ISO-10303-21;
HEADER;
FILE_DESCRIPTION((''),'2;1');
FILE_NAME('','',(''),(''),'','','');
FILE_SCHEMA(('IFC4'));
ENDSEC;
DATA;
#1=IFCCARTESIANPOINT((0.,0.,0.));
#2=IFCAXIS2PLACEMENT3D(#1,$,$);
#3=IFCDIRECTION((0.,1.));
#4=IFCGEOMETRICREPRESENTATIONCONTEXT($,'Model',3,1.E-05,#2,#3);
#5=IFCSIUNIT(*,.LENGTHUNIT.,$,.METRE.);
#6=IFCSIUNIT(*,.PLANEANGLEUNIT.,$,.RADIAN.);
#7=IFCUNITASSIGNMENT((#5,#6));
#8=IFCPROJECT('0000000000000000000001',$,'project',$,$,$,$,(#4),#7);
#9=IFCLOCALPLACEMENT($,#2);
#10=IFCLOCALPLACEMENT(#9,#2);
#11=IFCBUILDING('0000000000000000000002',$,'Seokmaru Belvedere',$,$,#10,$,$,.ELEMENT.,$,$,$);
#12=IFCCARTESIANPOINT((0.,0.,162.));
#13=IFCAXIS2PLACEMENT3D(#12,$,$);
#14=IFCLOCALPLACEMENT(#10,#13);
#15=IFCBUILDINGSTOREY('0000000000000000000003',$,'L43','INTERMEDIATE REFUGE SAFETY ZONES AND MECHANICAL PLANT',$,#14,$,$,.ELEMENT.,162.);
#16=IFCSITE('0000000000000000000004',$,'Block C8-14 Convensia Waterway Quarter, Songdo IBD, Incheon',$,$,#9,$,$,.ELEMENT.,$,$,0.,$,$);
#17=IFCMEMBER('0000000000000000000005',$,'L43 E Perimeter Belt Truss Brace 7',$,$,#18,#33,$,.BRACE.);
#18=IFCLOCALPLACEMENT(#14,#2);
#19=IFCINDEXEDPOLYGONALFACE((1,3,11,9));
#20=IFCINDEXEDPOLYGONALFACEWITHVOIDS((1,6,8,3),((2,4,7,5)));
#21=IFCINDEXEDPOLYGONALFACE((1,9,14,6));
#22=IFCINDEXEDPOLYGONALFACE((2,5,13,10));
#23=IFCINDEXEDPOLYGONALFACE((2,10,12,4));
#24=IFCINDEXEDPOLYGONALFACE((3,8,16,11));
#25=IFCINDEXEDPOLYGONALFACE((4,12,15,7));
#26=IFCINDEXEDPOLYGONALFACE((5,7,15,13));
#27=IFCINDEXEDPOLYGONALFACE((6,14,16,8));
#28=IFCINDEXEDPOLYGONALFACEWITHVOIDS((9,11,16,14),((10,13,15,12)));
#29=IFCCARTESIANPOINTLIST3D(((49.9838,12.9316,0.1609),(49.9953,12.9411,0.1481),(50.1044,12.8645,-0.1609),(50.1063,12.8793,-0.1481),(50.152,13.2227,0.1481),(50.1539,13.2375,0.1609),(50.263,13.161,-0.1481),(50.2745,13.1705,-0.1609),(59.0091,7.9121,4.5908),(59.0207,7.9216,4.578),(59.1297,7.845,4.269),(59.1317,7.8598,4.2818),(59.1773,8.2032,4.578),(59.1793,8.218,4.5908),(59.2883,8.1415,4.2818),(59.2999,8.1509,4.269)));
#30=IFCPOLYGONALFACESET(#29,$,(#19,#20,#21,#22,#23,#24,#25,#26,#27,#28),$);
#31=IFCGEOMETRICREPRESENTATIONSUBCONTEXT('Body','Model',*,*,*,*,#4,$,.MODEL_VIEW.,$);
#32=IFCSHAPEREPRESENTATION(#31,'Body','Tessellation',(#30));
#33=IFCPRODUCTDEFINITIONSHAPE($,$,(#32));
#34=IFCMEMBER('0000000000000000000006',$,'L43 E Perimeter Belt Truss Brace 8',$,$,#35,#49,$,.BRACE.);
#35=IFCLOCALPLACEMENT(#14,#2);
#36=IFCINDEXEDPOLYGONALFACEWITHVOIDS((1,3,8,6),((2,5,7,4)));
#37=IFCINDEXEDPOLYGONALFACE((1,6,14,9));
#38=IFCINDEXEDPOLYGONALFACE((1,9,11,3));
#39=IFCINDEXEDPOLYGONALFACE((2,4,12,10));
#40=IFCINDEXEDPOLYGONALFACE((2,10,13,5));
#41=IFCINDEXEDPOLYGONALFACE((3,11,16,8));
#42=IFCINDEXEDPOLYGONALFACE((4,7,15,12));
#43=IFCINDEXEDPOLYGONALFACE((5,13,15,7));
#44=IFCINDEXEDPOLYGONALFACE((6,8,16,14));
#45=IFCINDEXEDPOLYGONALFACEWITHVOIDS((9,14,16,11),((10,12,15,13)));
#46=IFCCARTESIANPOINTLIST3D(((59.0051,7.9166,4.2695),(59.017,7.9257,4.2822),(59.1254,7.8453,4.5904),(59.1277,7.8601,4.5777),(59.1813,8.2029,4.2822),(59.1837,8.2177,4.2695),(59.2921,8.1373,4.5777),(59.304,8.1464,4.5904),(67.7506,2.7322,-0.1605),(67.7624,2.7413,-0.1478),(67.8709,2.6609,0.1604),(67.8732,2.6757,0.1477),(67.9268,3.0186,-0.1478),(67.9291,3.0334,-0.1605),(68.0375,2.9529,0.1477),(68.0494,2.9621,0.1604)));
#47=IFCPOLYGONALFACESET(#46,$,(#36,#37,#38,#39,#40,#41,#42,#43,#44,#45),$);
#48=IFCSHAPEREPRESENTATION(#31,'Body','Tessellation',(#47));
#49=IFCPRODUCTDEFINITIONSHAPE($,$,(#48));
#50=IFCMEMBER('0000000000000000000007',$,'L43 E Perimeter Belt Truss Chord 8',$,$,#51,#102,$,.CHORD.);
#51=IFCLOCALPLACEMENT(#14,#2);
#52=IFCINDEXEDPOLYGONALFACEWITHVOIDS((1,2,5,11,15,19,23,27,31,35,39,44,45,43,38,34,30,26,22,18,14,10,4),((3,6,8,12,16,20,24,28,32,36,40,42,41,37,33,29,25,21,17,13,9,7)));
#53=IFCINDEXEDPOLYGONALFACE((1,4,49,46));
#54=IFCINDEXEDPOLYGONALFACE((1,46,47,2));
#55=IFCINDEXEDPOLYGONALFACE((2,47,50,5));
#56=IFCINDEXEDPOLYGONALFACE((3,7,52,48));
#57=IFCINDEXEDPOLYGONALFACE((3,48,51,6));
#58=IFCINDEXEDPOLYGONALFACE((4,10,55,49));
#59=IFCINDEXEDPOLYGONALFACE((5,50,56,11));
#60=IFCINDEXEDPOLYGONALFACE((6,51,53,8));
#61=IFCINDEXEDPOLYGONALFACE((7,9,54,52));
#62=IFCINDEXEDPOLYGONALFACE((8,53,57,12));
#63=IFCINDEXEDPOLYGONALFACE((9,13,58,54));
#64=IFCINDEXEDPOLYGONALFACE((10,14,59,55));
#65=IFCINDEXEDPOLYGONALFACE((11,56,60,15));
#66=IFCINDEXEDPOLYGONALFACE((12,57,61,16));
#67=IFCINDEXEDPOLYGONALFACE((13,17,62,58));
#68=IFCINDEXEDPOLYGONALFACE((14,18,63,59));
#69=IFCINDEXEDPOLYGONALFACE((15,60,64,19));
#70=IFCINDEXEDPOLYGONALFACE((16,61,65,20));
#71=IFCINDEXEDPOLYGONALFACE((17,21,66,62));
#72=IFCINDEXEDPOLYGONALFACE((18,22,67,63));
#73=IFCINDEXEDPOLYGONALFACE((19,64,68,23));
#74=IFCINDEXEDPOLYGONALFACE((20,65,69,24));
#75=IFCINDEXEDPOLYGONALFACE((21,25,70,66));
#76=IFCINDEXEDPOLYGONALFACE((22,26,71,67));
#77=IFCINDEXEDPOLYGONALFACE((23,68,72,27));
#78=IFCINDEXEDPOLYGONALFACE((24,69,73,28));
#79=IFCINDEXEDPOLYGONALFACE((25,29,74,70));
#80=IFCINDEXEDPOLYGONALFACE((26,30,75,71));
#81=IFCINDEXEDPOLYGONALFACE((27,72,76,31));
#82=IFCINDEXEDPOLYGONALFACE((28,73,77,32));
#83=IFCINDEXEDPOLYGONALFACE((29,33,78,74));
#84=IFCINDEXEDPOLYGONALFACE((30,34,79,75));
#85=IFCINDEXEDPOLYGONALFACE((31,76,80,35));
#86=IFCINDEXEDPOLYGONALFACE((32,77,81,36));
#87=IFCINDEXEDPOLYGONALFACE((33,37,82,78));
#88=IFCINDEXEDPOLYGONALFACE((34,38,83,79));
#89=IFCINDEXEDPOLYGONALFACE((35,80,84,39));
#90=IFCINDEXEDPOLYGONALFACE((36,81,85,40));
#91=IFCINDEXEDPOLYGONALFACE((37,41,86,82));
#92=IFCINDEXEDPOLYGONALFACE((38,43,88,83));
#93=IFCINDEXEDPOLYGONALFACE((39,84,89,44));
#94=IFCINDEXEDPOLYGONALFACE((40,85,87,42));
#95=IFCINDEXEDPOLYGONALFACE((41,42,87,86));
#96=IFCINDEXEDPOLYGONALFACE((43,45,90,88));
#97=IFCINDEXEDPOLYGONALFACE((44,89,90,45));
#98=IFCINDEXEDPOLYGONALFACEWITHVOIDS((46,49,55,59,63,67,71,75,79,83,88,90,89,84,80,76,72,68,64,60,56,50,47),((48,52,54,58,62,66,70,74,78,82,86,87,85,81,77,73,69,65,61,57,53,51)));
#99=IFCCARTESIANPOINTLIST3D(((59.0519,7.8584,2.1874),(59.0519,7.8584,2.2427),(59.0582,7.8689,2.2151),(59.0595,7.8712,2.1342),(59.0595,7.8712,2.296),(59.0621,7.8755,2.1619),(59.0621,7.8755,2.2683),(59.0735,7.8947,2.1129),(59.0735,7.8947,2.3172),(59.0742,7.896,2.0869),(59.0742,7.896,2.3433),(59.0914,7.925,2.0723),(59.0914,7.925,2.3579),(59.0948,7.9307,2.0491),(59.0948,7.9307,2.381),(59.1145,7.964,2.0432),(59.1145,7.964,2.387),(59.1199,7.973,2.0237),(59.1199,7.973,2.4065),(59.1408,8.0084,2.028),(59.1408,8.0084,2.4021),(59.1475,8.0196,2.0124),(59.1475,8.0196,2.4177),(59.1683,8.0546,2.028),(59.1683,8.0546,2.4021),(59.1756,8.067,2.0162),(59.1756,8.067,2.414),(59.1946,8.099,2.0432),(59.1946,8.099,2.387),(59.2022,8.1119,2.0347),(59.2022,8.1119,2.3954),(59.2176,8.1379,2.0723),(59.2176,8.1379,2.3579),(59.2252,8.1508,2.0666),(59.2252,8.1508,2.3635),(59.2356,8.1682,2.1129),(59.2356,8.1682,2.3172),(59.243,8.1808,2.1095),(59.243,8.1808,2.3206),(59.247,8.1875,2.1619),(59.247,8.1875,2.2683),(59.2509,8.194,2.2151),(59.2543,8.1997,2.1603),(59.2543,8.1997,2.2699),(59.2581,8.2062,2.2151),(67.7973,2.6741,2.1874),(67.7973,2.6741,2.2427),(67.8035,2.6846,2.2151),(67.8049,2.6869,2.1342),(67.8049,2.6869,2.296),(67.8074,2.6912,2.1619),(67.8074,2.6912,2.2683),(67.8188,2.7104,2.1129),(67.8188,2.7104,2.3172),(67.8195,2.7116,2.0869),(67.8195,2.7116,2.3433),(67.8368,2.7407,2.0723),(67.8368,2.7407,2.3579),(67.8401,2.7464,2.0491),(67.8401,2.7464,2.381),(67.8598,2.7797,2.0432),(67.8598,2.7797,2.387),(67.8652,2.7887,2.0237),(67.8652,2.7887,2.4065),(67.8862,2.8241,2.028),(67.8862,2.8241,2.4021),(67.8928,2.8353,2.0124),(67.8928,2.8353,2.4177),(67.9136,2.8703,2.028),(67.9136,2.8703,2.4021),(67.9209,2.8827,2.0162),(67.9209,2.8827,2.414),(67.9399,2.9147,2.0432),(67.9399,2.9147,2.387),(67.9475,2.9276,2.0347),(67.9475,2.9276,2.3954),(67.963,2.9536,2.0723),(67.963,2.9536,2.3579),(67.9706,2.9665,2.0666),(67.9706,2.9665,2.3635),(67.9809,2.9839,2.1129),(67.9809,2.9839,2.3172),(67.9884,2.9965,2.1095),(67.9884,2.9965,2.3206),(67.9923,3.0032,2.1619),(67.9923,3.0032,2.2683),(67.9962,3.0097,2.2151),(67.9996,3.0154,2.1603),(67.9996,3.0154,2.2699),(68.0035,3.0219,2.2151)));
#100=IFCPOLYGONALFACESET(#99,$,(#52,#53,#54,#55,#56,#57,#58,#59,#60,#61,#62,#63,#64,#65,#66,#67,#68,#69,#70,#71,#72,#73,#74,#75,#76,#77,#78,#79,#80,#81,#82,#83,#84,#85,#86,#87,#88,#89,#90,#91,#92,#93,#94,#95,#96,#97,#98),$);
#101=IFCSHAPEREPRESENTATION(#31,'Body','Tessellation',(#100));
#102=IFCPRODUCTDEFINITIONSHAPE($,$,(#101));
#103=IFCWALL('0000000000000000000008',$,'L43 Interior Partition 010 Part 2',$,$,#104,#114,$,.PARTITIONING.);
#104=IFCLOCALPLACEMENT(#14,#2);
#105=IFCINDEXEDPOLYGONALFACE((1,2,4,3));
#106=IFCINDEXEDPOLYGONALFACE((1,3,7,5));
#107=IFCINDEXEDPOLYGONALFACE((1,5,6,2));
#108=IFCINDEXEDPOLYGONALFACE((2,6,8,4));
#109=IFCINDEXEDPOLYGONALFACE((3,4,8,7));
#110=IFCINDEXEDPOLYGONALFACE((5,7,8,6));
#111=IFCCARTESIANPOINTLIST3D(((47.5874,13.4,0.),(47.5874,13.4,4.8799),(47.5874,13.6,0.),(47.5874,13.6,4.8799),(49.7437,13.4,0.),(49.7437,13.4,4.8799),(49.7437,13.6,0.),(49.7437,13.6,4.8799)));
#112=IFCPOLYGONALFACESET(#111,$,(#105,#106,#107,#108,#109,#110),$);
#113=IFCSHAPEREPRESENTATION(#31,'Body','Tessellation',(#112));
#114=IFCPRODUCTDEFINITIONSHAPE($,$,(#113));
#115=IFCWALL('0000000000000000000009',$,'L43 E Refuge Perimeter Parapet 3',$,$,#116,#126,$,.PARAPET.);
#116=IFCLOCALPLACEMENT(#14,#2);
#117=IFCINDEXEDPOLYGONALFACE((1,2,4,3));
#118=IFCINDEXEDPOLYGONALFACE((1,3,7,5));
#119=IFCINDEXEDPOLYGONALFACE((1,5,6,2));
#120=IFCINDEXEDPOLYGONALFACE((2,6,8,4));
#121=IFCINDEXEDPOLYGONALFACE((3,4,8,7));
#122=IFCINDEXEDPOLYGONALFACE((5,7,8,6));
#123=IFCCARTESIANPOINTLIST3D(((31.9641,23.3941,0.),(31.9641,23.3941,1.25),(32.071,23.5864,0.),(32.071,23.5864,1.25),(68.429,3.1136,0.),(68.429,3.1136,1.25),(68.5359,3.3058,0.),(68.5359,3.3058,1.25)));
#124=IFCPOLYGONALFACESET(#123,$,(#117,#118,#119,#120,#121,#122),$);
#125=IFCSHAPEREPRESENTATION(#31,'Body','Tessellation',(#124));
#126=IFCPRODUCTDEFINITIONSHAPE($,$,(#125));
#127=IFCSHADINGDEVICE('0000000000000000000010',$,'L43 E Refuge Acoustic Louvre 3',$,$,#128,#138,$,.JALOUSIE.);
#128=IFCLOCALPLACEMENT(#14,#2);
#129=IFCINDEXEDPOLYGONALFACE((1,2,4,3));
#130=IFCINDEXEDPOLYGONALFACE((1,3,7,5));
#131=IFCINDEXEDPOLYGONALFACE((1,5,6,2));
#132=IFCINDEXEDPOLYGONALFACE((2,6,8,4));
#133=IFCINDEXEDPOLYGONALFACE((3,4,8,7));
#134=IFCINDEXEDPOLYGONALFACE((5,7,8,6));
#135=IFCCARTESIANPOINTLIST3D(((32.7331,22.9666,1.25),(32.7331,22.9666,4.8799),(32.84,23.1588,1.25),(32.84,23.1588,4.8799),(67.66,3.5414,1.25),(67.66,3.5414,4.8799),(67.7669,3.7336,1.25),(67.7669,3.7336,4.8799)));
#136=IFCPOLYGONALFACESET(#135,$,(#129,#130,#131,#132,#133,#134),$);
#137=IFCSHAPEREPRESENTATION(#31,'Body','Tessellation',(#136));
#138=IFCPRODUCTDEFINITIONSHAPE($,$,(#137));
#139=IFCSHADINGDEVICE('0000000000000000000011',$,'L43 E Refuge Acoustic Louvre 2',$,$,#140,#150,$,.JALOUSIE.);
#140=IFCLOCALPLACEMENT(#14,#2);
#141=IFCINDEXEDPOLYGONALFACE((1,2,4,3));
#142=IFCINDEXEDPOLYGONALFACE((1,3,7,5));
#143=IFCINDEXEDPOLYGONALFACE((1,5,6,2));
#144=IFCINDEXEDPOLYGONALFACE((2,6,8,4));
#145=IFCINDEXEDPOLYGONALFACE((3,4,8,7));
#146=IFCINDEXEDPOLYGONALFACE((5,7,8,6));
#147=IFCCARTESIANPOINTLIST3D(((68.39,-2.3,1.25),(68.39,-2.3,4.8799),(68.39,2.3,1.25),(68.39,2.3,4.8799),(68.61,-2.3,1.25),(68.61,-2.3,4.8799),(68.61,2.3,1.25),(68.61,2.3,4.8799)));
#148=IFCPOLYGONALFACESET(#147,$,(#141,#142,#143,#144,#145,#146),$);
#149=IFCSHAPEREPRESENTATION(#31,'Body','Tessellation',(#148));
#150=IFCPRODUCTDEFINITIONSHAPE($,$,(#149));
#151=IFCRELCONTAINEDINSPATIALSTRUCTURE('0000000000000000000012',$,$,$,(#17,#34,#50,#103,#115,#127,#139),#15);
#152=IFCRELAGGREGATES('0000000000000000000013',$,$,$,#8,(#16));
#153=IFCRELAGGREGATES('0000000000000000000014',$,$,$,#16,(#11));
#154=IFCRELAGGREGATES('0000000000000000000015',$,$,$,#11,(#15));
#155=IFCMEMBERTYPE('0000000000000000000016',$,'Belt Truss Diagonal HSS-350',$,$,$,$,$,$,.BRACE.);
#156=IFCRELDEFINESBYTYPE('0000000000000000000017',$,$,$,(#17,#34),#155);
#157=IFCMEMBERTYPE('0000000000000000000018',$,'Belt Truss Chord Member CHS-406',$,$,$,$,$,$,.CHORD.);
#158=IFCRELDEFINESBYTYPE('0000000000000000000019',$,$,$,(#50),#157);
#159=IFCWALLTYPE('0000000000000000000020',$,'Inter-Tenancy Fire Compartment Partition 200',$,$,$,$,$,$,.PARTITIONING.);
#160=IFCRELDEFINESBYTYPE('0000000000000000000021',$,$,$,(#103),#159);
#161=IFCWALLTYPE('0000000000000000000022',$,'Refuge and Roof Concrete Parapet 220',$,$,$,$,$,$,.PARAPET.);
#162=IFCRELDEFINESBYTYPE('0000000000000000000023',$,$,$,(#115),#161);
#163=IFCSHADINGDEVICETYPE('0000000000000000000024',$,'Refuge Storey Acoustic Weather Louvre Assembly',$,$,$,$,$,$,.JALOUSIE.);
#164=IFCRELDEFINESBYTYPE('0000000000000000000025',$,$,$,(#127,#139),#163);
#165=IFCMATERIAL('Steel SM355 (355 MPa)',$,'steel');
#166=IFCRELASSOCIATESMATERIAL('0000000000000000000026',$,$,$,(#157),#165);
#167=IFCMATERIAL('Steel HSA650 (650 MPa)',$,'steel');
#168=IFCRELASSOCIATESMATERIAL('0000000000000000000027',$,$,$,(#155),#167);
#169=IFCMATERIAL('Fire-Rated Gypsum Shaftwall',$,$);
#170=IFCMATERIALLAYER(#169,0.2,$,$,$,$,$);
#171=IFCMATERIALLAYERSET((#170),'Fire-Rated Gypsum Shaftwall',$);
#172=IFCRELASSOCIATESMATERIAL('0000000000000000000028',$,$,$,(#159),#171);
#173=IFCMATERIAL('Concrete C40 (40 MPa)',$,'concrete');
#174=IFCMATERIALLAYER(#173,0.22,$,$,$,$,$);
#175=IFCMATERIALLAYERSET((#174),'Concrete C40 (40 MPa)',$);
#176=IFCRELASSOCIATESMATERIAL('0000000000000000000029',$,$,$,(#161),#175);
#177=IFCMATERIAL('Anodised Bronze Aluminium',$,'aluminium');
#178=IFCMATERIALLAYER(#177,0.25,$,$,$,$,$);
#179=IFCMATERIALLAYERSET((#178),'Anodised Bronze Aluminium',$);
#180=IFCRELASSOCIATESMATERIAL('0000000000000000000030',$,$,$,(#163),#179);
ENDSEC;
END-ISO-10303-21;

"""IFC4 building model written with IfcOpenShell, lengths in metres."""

from ifc_helpers import new_model, si_unit, direction, frame, frame_2d, origin, origin_2d, place, context, subcontext, project, spatial, rectangle, hollow_rectangle, hollow_circle, extrude, source, transform, mapped, material, layer, layer_set, material_profile, profile_set, type_object, type_shapes, element, save


model = new_model("IFC4")

# Units and contexts
model_context = context("Model", 3, precision=1e-05, world=origin(), true_north=direction((0.0, 1.0)))
body_context = subcontext(model_context, "Body", "Model", "MODEL_VIEW")
ifc_project = project(units=[si_unit("LENGTHUNIT", "METRE"), si_unit("PLANEANGLEUNIT", "RADIAN")], contexts=[model_context])

# Site, building, storey
site_placement = place(None, origin())
site = spatial("IfcSite", under=ifc_project, at=site_placement, Name="Block C8-14 Convensia Waterway Quarter, Songdo IBD, Incheon", CompositionType="ELEMENT", RefElevation=0.0)
building_placement = place(site_placement, origin())
building = spatial("IfcBuilding", under=site, at=building_placement, Name="Seokmaru Belvedere", CompositionType="ELEMENT")
storey_placement = place(building_placement, frame((0.0, 0.0, 162.0)))
storey = spatial("IfcBuildingStorey", under=building, at=storey_placement, Name="L43", Description="INTERMEDIATE REFUGE SAFETY ZONES AND MECHANICAL PLANT", CompositionType="ELEMENT", Elevation=162.0)

# Shared definitions
ifc_material_1 = material(Name="Steel SM355 (355 MPa)", Category="steel")

# Members
ifc_material_2 = material(Name="Steel HSA650 (650 MPa)", Category="steel")
ifc_material_profile_1 = material_profile(ifc_material_1, hollow_circle(Radius=0.2031, WallThickness=0.0142, at=origin_2d()), Name="CHS-406.4x14.2")
ifc_profile_set_1 = profile_set([ifc_material_profile_1], Name="Steel SM355 (355 MPa)")
member_type_1 = type_object("IfcMemberType", Name="Belt Truss Chord Member CHS-406", PredefinedType="CHORD", material=ifc_profile_set_1)
ifc_material_profile_2 = material_profile(ifc_material_2, hollow_rectangle(XDim=0.3501, YDim=0.3501, WallThickness=0.0139, at=origin_2d()), Name="HSS-350x350x14")
ifc_profile_set_2 = profile_set([ifc_material_profile_2], Name="Steel HSA650 (650 MPa)")
member_type_2 = type_object("IfcMemberType", Name="Belt Truss Diagonal HSS-350", PredefinedType="BRACE", material=ifc_profile_set_2)
shared_shape_1 = source(origin(), body_context, "Body", "SweptSolid", [
    extrude(hollow_rectangle(XDim=0.3501, YDim=0.3501, WallThickness=0.0139, at=origin_2d()), origin(), (0.0, 0.0, 1.0), 11.2373),
])
member_1_placement = place(storey_placement, frame((50.1292, 13.051, 0.0), z_axis=(0.803161, -0.446683, 0.394216), x_axis=(0.486044, 0.873934, 0.0)))
element("IfcMember", 1, at=member_1_placement, inside=storey, type_object=member_type_2, Name="L43 E Perimeter Belt Truss Brace 7", PredefinedType="BRACE", context=body_context, shape_type="MappedRepresentation", body=[
    mapped(shared_shape_1, transform((0.0, 0.0, 0.0), scale=1.0)),
])
shared_shape_2 = source(origin(), body_context, "Body", "SweptSolid", [
    extrude(hollow_rectangle(XDim=0.3501, YDim=0.3501, WallThickness=0.0139, at=origin_2d()), origin(), (0.0, 0.0, 1.0), 11.0898),
])
type_shapes(member_type_2, [shared_shape_1, shared_shape_2])
member_2_placement = place(storey_placement, frame((59.1545, 8.0315, 4.4299), z_axis=(0.788598, -0.467487, -0.399461), x_axis=(0.50994, 0.86021, 0.0)))
element("IfcMember", 2, at=member_2_placement, inside=storey, type_object=member_type_2, Name="L43 E Perimeter Belt Truss Brace 8", PredefinedType="BRACE", context=body_context, shape_type="MappedRepresentation", body=[
    mapped(shared_shape_2, transform((0.0, 0.0, 0.0), scale=1.0)),
])
shared_shape_3 = source(origin(), body_context, "Body", "SweptSolid", [
    extrude(hollow_circle(Radius=0.2031, WallThickness=0.0142, at=origin_2d()), origin(), (0.0, 0.0, 1.0), 10.1665),
])
member_3_placement = place(storey_placement, frame((59.1545, 8.0315, 2.2151), z_axis=(0.86021, -0.50994, 0.0), x_axis=(0.50994, 0.86021, 0.0)))
element("IfcMember", 3, at=member_3_placement, inside=storey, type_object=member_type_1, Name="L43 E Perimeter Belt Truss Chord 8", PredefinedType="CHORD", context=body_context, shape_type="MappedRepresentation", body=[
    mapped(shared_shape_3, transform((0.0, 0.0, 0.0), scale=1.0)),
])

# Walls
ifc_material_3 = material(Name="Fire-Rated Gypsum Shaftwall")
ifc_layer_1 = layer(ifc_material_3, 0.2)
ifc_layer_set_1 = layer_set([ifc_layer_1], Name="Fire-Rated Gypsum Shaftwall")
wall_type_1 = type_object("IfcWallType", Name="Inter-Tenancy Fire Compartment Partition 200", PredefinedType="PARTITIONING", material=ifc_layer_set_1)
wall_1_placement = place(storey_placement, frame((47.5874, 13.5, 0.0), z_axis=(0.0, 0.0, 1.0), x_axis=(1.0, 0.0, 0.0)))
element("IfcWall", 4, at=wall_1_placement, inside=storey, type_object=wall_type_1, Name="L43 Interior Partition 010 Part 2", PredefinedType="PARTITIONING", context=body_context, shape_type="SweptSolid", body=[
    extrude(rectangle(XDim=2.1562, YDim=0.2, at=frame_2d((1.0781, 0.0))), origin(), (0.0, 0.0, 1.0), 4.8799),
])
ifc_material_4 = material(Name="Concrete C40 (40 MPa)", Category="concrete")
ifc_layer_2 = layer(ifc_material_4, 0.22)
ifc_layer_set_2 = layer_set([ifc_layer_2], Name="Concrete C40 (40 MPa)")
wall_type_2 = type_object("IfcWallType", Name="Refuge and Roof Concrete Parapet 220", PredefinedType="PARAPET", material=ifc_layer_set_2)
wall_2_placement = place(storey_placement, frame((68.4824, 3.2097, 0.0), z_axis=(0.0, 0.0, 1.0), x_axis=(-0.873931, 0.486051, 0.0)))
element("IfcWall", 5, at=wall_2_placement, inside=storey, type_object=wall_type_2, Name="L43 E Refuge Perimeter Parapet 3", PredefinedType="PARAPET", context=body_context, shape_type="SweptSolid", body=[
    extrude(rectangle(XDim=41.7251, YDim=0.22, at=frame_2d((20.8625, 0.0))), origin(), (0.0, 0.0, 1.0), 1.25),
])

# Shading devices
ifc_material_5 = material(Name="Anodised Bronze Aluminium", Category="aluminium")
ifc_layer_3 = layer(ifc_material_5, 0.25)
ifc_layer_set_3 = layer_set([ifc_layer_3], Name="Anodised Bronze Aluminium")
shading_device_type = type_object("IfcShadingDeviceType", Name="Refuge Storey Acoustic Weather Louvre Assembly", PredefinedType="JALOUSIE", material=ifc_layer_set_3)
shared_shape_4 = source(origin(), body_context, "Body", "SweptSolid", [
    extrude(rectangle(XDim=39.9653, YDim=0.22, at=origin_2d()), origin(), (0.0, 0.0, 1.0), 3.6299),
])
shading_device_1_placement = place(storey_placement, frame((50.25, 13.3501, 1.25), z_axis=(0.0, 0.0, 1.0), x_axis=(-0.873931, 0.48605, 0.0)))
element("IfcShadingDevice", 6, at=shading_device_1_placement, inside=storey, type_object=shading_device_type, Name="L43 E Refuge Acoustic Louvre 3", PredefinedType="JALOUSIE", context=body_context, shape_type="MappedRepresentation", body=[
    mapped(shared_shape_4, transform((0.0, 0.0, 0.0), scale=1.0)),
])
shared_shape_5 = source(origin(), body_context, "Body", "SweptSolid", [
    extrude(rectangle(XDim=4.6001, YDim=0.22, at=origin_2d()), origin(), (0.0, 0.0, 1.0), 3.6299),
])
type_shapes(shading_device_type, [shared_shape_4, shared_shape_5])
shading_device_2_placement = place(storey_placement, frame((68.5, 0.0, 1.25), z_axis=(0.0, 0.0, 1.0), x_axis=(0.0, 1.0, 0.0)))
element("IfcShadingDevice", 7, at=shading_device_2_placement, inside=storey, type_object=shading_device_type, Name="L43 E Refuge Acoustic Louvre 2", PredefinedType="JALOUSIE", context=body_context, shape_type="MappedRepresentation", body=[
    mapped(shared_shape_5, transform((0.0, 0.0, 0.0), scale=1.0)),
])

save(model, "model.ifc")
